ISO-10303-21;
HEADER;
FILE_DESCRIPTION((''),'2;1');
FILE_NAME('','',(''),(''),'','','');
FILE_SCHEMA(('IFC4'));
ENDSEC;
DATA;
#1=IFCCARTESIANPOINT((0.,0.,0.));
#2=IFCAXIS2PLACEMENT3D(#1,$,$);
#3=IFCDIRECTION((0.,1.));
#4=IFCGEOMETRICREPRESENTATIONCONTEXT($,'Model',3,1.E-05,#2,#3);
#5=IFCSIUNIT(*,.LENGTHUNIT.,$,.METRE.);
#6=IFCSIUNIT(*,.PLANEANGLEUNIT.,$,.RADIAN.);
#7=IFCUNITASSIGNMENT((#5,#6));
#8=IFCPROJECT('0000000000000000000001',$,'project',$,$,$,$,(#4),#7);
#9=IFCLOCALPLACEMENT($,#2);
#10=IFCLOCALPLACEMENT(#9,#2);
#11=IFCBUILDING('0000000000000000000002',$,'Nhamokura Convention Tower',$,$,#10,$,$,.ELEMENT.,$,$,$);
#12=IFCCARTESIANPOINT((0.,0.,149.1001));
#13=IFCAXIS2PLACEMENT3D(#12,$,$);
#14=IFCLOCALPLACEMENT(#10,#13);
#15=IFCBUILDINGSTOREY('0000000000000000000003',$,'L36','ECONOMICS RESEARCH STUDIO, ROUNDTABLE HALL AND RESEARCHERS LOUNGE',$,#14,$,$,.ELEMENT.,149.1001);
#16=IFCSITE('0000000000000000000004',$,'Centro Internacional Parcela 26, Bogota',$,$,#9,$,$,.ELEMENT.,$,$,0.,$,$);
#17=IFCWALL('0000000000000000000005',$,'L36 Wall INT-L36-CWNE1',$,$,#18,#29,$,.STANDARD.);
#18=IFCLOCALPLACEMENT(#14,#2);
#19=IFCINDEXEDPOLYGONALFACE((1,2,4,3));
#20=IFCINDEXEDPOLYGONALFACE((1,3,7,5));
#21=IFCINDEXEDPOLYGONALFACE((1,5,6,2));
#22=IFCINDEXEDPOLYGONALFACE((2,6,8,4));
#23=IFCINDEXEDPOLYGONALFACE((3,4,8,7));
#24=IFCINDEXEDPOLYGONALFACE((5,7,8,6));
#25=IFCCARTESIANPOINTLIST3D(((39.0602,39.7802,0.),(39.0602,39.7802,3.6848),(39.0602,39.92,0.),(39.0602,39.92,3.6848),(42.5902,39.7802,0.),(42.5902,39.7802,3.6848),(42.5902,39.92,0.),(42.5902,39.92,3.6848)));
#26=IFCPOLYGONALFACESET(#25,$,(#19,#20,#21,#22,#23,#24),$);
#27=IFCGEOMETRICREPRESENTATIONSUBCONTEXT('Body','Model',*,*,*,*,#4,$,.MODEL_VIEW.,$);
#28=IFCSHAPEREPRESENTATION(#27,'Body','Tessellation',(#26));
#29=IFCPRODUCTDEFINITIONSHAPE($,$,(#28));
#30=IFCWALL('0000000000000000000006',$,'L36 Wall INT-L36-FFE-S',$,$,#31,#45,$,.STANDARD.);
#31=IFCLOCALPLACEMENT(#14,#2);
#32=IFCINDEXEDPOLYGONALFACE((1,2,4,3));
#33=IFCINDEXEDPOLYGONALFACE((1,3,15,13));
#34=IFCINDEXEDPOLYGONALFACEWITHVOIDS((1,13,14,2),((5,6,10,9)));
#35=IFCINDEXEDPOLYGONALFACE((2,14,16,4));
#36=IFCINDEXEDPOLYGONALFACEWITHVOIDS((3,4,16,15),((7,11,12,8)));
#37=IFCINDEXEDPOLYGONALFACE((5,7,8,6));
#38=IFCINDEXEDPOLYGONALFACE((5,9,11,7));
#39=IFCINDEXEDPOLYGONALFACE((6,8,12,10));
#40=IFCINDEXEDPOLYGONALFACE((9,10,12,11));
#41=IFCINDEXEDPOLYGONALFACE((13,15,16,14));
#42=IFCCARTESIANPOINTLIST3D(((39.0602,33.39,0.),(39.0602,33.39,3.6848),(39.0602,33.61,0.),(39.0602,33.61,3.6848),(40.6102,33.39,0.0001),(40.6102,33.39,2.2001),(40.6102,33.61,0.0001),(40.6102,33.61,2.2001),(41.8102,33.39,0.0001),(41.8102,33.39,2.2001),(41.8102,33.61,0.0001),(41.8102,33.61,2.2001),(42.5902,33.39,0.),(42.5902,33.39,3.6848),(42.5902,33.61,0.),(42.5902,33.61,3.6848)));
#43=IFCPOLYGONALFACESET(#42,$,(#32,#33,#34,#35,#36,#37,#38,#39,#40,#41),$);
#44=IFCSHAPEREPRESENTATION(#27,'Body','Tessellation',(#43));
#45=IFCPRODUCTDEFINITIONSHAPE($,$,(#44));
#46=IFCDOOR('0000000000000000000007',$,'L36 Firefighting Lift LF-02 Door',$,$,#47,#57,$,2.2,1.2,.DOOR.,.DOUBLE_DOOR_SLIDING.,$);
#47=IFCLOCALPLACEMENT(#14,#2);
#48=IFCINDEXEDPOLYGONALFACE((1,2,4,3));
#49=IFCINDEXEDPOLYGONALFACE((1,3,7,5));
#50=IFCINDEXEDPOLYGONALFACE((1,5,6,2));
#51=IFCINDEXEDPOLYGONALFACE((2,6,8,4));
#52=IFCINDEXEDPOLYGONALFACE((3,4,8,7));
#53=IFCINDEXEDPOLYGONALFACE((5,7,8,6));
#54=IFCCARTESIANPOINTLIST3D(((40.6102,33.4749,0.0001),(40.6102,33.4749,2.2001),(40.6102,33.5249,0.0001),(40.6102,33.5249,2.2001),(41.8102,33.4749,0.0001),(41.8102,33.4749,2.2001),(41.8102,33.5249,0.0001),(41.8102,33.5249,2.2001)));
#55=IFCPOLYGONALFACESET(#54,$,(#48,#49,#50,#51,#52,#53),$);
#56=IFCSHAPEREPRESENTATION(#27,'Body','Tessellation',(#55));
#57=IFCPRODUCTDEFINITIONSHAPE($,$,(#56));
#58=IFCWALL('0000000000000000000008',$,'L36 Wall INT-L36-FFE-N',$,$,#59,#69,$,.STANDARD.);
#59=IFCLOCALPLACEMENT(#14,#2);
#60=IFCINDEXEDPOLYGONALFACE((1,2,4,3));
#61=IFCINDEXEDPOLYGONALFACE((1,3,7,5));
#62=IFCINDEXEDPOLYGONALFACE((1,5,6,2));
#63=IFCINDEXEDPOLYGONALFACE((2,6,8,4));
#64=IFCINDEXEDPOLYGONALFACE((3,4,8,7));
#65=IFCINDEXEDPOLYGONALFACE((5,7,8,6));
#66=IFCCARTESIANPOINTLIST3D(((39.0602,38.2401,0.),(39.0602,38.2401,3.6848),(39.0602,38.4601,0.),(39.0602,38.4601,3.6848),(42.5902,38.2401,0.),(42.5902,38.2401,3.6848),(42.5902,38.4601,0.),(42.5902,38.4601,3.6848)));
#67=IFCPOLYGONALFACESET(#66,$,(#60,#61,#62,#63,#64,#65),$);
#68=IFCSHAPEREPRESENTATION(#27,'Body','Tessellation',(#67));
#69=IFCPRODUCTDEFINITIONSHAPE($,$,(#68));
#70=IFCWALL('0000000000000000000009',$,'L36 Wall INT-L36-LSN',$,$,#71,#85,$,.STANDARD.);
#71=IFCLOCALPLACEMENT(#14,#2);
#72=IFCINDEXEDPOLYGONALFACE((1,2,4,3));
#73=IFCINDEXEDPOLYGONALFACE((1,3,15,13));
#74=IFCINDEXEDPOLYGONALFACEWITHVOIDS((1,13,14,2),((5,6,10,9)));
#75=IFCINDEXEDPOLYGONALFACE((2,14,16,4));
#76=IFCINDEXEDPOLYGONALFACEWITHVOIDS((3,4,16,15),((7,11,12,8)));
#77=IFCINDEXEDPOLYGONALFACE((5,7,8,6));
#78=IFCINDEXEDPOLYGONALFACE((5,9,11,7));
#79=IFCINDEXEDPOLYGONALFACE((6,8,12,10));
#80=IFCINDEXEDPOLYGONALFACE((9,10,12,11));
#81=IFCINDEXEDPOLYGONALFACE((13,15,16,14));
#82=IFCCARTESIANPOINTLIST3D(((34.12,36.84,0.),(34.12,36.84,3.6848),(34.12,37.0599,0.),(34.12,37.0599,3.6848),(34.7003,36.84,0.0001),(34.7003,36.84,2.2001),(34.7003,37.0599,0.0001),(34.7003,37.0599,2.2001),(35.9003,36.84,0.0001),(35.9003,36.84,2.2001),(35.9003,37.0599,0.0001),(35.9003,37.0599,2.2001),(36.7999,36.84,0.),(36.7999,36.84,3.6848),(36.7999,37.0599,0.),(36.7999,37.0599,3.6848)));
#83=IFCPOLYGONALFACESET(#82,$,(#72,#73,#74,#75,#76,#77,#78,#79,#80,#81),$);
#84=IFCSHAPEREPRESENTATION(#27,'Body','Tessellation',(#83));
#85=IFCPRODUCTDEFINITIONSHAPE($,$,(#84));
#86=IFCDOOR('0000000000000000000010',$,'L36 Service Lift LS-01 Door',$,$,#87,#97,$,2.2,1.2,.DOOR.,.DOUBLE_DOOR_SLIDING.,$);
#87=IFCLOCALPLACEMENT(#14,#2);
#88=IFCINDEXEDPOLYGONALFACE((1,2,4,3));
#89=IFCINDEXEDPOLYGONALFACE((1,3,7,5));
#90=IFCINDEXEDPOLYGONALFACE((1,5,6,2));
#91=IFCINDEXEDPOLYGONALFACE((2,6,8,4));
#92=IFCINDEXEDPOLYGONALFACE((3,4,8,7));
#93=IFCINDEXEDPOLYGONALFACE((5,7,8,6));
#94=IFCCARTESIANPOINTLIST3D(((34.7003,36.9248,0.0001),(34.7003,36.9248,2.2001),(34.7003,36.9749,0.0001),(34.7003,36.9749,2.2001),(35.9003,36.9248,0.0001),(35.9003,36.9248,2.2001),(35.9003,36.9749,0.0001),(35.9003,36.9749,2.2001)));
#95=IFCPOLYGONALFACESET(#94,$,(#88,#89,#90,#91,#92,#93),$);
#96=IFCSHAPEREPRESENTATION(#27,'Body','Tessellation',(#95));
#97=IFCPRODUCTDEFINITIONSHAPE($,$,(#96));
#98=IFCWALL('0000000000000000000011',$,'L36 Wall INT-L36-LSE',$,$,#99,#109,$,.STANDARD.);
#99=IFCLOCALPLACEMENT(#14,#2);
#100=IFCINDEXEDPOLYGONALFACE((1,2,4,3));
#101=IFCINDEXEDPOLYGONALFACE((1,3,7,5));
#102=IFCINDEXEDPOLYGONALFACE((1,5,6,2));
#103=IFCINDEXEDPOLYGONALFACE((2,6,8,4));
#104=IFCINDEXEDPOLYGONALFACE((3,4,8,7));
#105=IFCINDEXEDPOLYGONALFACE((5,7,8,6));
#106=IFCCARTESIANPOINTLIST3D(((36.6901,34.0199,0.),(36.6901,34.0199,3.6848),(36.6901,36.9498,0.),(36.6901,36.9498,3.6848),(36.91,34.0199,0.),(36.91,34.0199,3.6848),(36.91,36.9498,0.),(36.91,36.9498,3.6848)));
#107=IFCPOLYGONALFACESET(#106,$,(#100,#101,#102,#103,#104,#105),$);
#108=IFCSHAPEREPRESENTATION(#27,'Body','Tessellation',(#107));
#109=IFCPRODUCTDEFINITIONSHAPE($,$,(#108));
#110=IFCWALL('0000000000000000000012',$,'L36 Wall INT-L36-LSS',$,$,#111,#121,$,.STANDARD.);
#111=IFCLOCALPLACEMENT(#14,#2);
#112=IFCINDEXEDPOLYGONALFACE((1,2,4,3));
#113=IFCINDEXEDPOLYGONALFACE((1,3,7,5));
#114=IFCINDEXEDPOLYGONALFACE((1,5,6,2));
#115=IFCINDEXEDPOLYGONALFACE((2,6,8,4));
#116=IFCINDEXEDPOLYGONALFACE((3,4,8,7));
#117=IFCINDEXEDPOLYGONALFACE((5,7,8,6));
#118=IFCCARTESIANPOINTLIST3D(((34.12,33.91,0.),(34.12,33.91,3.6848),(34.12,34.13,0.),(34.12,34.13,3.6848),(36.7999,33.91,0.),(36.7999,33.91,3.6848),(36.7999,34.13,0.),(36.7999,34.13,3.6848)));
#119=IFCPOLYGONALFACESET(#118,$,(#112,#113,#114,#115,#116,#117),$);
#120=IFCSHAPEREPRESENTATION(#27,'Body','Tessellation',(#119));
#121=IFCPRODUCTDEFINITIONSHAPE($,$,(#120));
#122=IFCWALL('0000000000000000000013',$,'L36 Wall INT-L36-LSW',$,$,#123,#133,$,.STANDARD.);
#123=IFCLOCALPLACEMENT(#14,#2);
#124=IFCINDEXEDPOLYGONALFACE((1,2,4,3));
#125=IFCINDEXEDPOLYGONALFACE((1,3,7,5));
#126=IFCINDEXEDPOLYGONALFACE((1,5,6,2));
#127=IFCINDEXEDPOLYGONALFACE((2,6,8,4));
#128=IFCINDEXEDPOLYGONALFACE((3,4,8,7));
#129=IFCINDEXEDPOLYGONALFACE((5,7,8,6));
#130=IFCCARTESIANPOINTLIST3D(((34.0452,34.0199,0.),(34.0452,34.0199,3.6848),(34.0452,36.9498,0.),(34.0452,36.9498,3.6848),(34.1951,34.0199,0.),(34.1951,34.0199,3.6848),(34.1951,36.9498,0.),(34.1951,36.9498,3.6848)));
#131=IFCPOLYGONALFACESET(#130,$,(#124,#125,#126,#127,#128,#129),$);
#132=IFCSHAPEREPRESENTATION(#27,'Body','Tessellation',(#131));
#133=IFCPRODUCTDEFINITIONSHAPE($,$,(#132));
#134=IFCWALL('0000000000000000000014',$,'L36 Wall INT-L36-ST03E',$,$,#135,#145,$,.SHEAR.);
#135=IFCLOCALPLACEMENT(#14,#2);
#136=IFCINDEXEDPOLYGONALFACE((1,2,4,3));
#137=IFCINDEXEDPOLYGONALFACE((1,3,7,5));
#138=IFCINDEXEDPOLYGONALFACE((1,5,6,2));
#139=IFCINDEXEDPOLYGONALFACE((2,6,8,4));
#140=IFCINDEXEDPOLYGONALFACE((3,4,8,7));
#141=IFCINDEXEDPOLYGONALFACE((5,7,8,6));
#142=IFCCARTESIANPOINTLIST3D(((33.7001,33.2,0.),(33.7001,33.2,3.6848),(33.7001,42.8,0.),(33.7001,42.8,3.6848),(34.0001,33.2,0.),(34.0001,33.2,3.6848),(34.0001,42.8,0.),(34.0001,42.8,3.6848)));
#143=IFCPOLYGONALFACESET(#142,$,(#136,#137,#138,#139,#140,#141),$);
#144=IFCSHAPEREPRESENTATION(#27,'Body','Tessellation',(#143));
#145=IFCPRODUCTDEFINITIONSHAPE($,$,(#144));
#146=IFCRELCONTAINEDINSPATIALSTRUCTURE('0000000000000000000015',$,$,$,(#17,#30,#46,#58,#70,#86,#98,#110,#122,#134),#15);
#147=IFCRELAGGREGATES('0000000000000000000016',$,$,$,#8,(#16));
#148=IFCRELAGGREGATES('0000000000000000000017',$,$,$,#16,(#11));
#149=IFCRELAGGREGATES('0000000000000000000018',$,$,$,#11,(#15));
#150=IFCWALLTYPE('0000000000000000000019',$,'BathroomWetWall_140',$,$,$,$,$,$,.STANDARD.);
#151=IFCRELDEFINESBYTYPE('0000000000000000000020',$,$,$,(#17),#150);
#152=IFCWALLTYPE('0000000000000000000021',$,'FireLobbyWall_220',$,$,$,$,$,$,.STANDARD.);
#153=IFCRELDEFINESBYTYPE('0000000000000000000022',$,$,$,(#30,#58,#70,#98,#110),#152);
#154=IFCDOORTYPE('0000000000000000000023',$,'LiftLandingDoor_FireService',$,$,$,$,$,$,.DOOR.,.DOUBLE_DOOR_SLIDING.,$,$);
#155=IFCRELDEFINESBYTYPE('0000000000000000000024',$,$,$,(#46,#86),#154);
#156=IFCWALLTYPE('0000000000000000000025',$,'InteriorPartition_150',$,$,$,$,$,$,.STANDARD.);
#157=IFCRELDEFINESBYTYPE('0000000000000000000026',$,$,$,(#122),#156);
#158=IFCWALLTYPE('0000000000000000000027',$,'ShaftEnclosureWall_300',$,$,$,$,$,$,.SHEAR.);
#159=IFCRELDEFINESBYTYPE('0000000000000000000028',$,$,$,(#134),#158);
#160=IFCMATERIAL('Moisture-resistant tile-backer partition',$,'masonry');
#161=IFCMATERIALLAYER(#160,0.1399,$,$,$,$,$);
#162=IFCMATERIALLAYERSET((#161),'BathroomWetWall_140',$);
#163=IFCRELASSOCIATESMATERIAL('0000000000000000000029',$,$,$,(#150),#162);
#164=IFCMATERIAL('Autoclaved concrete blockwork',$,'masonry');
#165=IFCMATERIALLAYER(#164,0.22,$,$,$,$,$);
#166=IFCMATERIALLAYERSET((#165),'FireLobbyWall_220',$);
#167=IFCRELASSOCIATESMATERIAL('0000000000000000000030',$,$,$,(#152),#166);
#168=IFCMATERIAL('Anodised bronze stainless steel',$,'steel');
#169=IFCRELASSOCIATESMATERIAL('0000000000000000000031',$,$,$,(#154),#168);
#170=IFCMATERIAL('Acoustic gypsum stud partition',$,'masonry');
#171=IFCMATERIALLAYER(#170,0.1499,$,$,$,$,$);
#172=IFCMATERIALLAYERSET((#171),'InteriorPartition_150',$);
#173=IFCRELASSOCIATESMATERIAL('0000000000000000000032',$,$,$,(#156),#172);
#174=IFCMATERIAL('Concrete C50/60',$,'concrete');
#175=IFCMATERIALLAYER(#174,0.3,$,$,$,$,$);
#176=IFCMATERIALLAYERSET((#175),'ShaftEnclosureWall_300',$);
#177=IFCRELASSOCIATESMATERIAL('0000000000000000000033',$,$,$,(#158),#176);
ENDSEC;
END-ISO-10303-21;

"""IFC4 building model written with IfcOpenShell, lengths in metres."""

from ifc_helpers import new_model, si_unit, direction, frame, frame_2d, origin, place, context, subcontext, project, spatial, rectangle, extrude, material, layer, layer_set, type_object, element, fill, save


model = new_model("IFC4")

# Units and contexts
model_context = context("Model", 3, precision=1e-05, world=origin(), true_north=direction((0.0, 1.0)))
body_context = subcontext(model_context, "Body", "Model", "MODEL_VIEW")
ifc_project = project(units=[si_unit("LENGTHUNIT", "METRE"), si_unit("PLANEANGLEUNIT", "RADIAN")], contexts=[model_context])

# Site, building, storey
site_placement = place(None, origin())
site = spatial("IfcSite", under=ifc_project, at=site_placement, Name="Centro Internacional Parcela 26, Bogota", CompositionType="ELEMENT", RefElevation=0.0)
building_placement = place(site_placement, origin())
building = spatial("IfcBuilding", under=site, at=building_placement, Name="Nhamokura Convention Tower", CompositionType="ELEMENT")
storey_placement = place(building_placement, frame((0.0, 0.0, 149.1001)))
storey = spatial("IfcBuildingStorey", under=building, at=storey_placement, Name="L36", Description="ECONOMICS RESEARCH STUDIO, ROUNDTABLE HALL AND RESEARCHERS LOUNGE", CompositionType="ELEMENT", Elevation=149.1001)

# Wall
ifc_material_1 = material(Name="Moisture-resistant tile-backer partition", Category="masonry")
ifc_layer_1 = layer(ifc_material_1, 0.1399)
ifc_layer_set_1 = layer_set([ifc_layer_1], Name="BathroomWetWall_140")
wall_type_1 = type_object("IfcWallType", Name="BathroomWetWall_140", PredefinedType="STANDARD", material=ifc_layer_set_1)
wall_1_placement = place(storey_placement, frame((39.0601, 39.8501, 0.0), z_axis=(0.0, 0.0, 1.0), x_axis=(1.0, 0.0, 0.0)))
element("IfcWall", 1, at=wall_1_placement, inside=storey, type_object=wall_type_1, Name="L36 Wall INT-L36-CWNE1", PredefinedType="STANDARD", context=body_context, shape_type="SweptSolid", body=[
    extrude(rectangle(XDim=3.53, YDim=0.1399, at=frame_2d((1.7651, 0.0))), origin(), (0.0, 0.0, 1.0), 3.6848),
])

# Wall, opening, door
ifc_material_2 = material(Name="Autoclaved concrete blockwork", Category="masonry")
ifc_layer_2 = layer(ifc_material_2, 0.22)
ifc_layer_set_2 = layer_set([ifc_layer_2], Name="FireLobbyWall_220")
wall_type_2 = type_object("IfcWallType", Name="FireLobbyWall_220", PredefinedType="STANDARD", material=ifc_layer_set_2)
wall_2_placement = place(storey_placement, frame((39.0601, 33.5, 0.0), z_axis=(0.0, 0.0, 1.0), x_axis=(1.0, 0.0, 0.0)))
wall_2 = element("IfcWall", 2, at=wall_2_placement, inside=storey, type_object=wall_type_2, Name="L36 Wall INT-L36-FFE-S", PredefinedType="STANDARD", context=body_context, shape_type="SweptSolid", body=[
    extrude(rectangle(XDim=3.53, YDim=0.22, at=frame_2d((1.7651, 0.0))), origin(), (0.0, 0.0, 1.0), 3.6848),
])
opening_1_placement = place(wall_2_placement, frame((1.55, 0.0, 0.0)))
opening_1 = element("IfcOpeningElement", 3, at=opening_1_placement, cuts=wall_2, PredefinedType="OPENING", context=body_context, shape_type="SweptSolid", body=[
    extrude(rectangle(XDim=1.2, YDim=2.2, at=frame_2d((0.6001, 1.1001))), frame((0.0, 0.1199, 0.0), z_axis=(0.0, -1.0, 0.0), x_axis=(1.0, 0.0, 0.0)), (0.0, 0.0, 1.0), 0.24),
])
ifc_material_3 = material(Name="Anodised bronze stainless steel", Category="steel")
door_type = type_object("IfcDoorType", Name="LiftLandingDoor_FireService", OperationType="DOUBLE_DOOR_SLIDING", PredefinedType="DOOR", material=ifc_material_3)
door_1_placement = place(opening_1_placement, origin())
door_1 = element("IfcDoor", 4, at=door_1_placement, inside=storey, type_object=door_type, Name="L36 Firefighting Lift LF-02 Door", OperationType="DOUBLE_DOOR_SLIDING", OverallHeight=2.2, OverallWidth=1.2, PredefinedType="DOOR", context=body_context, shape_type="SweptSolid", body=[
    extrude(rectangle(XDim=1.2, YDim=2.2, at=frame_2d((0.6001, 1.1001))), frame((0.0, 0.0249, 0.0), z_axis=(0.0, -1.0, 0.0), x_axis=(1.0, 0.0, 0.0)), (0.0, 0.0, 1.0), 0.05),
])
fill(opening_1, door_1)

# Wall
wall_3_placement = place(storey_placement, frame((39.0601, 38.3501, 0.0), z_axis=(0.0, 0.0, 1.0), x_axis=(1.0, 0.0, 0.0)))
element("IfcWall", 5, at=wall_3_placement, inside=storey, type_object=wall_type_2, Name="L36 Wall INT-L36-FFE-N", PredefinedType="STANDARD", context=body_context, shape_type="SweptSolid", body=[
    extrude(rectangle(XDim=3.53, YDim=0.22, at=frame_2d((1.7651, 0.0))), origin(), (0.0, 0.0, 1.0), 3.6848),
])

# Wall, opening, door
wall_4_placement = place(storey_placement, frame((34.1201, 36.95, 0.0), z_axis=(0.0, 0.0, 1.0), x_axis=(1.0, 0.0, 0.0)))
wall_4 = element("IfcWall", 6, at=wall_4_placement, inside=storey, type_object=wall_type_2, Name="L36 Wall INT-L36-LSN", PredefinedType="STANDARD", context=body_context, shape_type="SweptSolid", body=[
    extrude(rectangle(XDim=2.6799, YDim=0.22, at=frame_2d((1.3398, 0.0))), origin(), (0.0, 0.0, 1.0), 3.6848),
])
opening_2_placement = place(wall_4_placement, frame((0.5801, 0.0, 0.0)))
opening_2 = element("IfcOpeningElement", 7, at=opening_2_placement, cuts=wall_4, PredefinedType="OPENING", context=body_context, shape_type="SweptSolid", body=[
    extrude(rectangle(XDim=1.2, YDim=2.2, at=frame_2d((0.6001, 1.1001))), frame((0.0, 0.1199, 0.0), z_axis=(0.0, -1.0, 0.0), x_axis=(1.0, 0.0, 0.0)), (0.0, 0.0, 1.0), 0.24),
])
door_2_placement = place(opening_2_placement, origin())
door_2 = element("IfcDoor", 8, at=door_2_placement, inside=storey, type_object=door_type, Name="L36 Service Lift LS-01 Door", OperationType="DOUBLE_DOOR_SLIDING", OverallHeight=2.2, OverallWidth=1.2, PredefinedType="DOOR", context=body_context, shape_type="SweptSolid", body=[
    extrude(rectangle(XDim=1.2, YDim=2.2, at=frame_2d((0.6001, 1.1001))), frame((0.0, 0.0249, 0.0), z_axis=(0.0, -1.0, 0.0), x_axis=(1.0, 0.0, 0.0)), (0.0, 0.0, 1.0), 0.05),
])
fill(opening_2, door_2)

# Walls
wall_5_placement = place(storey_placement, frame((36.8, 34.02, 0.0), z_axis=(0.0, 0.0, 1.0), x_axis=(0.0, 1.0, 0.0)))
element("IfcWall", 9, at=wall_5_placement, inside=storey, type_object=wall_type_2, Name="L36 Wall INT-L36-LSE", PredefinedType="STANDARD", context=body_context, shape_type="SweptSolid", body=[
    extrude(rectangle(XDim=2.9299, YDim=0.22, at=frame_2d((1.4648, 0.0))), origin(), (0.0, 0.0, 1.0), 3.6848),
])
wall_6_placement = place(storey_placement, frame((34.1201, 34.02, 0.0), z_axis=(0.0, 0.0, 1.0), x_axis=(1.0, 0.0, 0.0)))
element("IfcWall", 10, at=wall_6_placement, inside=storey, type_object=wall_type_2, Name="L36 Wall INT-L36-LSS", PredefinedType="STANDARD", context=body_context, shape_type="SweptSolid", body=[
    extrude(rectangle(XDim=2.6799, YDim=0.22, at=frame_2d((1.3398, 0.0))), origin(), (0.0, 0.0, 1.0), 3.6848),
])
ifc_material_4 = material(Name="Acoustic gypsum stud partition", Category="masonry")
ifc_layer_3 = layer(ifc_material_4, 0.1499)
ifc_layer_set_3 = layer_set([ifc_layer_3], Name="InteriorPartition_150")
wall_type_3 = type_object("IfcWallType", Name="InteriorPartition_150", PredefinedType="STANDARD", material=ifc_layer_set_3)
wall_7_placement = place(storey_placement, frame((34.1201, 34.02, 0.0), z_axis=(0.0, 0.0, 1.0), x_axis=(0.0, 1.0, 0.0)))
element("IfcWall", 11, at=wall_7_placement, inside=storey, type_object=wall_type_3, Name="L36 Wall INT-L36-LSW", PredefinedType="STANDARD", context=body_context, shape_type="SweptSolid", body=[
    extrude(rectangle(XDim=2.9299, YDim=0.1499, at=frame_2d((1.4648, 0.0))), origin(), (0.0, 0.0, 1.0), 3.6848),
])
ifc_material_5 = material(Name="Concrete C50/60", Category="concrete")
ifc_layer_4 = layer(ifc_material_5, 0.3)
ifc_layer_set_4 = layer_set([ifc_layer_4], Name="ShaftEnclosureWall_300")
wall_type_4 = type_object("IfcWallType", Name="ShaftEnclosureWall_300", PredefinedType="SHEAR", material=ifc_layer_set_4)
wall_8_placement = place(storey_placement, frame((33.8501, 33.2, 0.0), z_axis=(0.0, 0.0, 1.0), x_axis=(0.0, 1.0, 0.0)))
element("IfcWall", 12, at=wall_8_placement, inside=storey, type_object=wall_type_4, Name="L36 Wall INT-L36-ST03E", PredefinedType="SHEAR", context=body_context, shape_type="SweptSolid", body=[
    extrude(rectangle(XDim=9.6001, YDim=0.3, at=frame_2d((4.8, 0.0))), origin(), (0.0, 0.0, 1.0), 3.6848),
])

save(model, "model.ifc")
